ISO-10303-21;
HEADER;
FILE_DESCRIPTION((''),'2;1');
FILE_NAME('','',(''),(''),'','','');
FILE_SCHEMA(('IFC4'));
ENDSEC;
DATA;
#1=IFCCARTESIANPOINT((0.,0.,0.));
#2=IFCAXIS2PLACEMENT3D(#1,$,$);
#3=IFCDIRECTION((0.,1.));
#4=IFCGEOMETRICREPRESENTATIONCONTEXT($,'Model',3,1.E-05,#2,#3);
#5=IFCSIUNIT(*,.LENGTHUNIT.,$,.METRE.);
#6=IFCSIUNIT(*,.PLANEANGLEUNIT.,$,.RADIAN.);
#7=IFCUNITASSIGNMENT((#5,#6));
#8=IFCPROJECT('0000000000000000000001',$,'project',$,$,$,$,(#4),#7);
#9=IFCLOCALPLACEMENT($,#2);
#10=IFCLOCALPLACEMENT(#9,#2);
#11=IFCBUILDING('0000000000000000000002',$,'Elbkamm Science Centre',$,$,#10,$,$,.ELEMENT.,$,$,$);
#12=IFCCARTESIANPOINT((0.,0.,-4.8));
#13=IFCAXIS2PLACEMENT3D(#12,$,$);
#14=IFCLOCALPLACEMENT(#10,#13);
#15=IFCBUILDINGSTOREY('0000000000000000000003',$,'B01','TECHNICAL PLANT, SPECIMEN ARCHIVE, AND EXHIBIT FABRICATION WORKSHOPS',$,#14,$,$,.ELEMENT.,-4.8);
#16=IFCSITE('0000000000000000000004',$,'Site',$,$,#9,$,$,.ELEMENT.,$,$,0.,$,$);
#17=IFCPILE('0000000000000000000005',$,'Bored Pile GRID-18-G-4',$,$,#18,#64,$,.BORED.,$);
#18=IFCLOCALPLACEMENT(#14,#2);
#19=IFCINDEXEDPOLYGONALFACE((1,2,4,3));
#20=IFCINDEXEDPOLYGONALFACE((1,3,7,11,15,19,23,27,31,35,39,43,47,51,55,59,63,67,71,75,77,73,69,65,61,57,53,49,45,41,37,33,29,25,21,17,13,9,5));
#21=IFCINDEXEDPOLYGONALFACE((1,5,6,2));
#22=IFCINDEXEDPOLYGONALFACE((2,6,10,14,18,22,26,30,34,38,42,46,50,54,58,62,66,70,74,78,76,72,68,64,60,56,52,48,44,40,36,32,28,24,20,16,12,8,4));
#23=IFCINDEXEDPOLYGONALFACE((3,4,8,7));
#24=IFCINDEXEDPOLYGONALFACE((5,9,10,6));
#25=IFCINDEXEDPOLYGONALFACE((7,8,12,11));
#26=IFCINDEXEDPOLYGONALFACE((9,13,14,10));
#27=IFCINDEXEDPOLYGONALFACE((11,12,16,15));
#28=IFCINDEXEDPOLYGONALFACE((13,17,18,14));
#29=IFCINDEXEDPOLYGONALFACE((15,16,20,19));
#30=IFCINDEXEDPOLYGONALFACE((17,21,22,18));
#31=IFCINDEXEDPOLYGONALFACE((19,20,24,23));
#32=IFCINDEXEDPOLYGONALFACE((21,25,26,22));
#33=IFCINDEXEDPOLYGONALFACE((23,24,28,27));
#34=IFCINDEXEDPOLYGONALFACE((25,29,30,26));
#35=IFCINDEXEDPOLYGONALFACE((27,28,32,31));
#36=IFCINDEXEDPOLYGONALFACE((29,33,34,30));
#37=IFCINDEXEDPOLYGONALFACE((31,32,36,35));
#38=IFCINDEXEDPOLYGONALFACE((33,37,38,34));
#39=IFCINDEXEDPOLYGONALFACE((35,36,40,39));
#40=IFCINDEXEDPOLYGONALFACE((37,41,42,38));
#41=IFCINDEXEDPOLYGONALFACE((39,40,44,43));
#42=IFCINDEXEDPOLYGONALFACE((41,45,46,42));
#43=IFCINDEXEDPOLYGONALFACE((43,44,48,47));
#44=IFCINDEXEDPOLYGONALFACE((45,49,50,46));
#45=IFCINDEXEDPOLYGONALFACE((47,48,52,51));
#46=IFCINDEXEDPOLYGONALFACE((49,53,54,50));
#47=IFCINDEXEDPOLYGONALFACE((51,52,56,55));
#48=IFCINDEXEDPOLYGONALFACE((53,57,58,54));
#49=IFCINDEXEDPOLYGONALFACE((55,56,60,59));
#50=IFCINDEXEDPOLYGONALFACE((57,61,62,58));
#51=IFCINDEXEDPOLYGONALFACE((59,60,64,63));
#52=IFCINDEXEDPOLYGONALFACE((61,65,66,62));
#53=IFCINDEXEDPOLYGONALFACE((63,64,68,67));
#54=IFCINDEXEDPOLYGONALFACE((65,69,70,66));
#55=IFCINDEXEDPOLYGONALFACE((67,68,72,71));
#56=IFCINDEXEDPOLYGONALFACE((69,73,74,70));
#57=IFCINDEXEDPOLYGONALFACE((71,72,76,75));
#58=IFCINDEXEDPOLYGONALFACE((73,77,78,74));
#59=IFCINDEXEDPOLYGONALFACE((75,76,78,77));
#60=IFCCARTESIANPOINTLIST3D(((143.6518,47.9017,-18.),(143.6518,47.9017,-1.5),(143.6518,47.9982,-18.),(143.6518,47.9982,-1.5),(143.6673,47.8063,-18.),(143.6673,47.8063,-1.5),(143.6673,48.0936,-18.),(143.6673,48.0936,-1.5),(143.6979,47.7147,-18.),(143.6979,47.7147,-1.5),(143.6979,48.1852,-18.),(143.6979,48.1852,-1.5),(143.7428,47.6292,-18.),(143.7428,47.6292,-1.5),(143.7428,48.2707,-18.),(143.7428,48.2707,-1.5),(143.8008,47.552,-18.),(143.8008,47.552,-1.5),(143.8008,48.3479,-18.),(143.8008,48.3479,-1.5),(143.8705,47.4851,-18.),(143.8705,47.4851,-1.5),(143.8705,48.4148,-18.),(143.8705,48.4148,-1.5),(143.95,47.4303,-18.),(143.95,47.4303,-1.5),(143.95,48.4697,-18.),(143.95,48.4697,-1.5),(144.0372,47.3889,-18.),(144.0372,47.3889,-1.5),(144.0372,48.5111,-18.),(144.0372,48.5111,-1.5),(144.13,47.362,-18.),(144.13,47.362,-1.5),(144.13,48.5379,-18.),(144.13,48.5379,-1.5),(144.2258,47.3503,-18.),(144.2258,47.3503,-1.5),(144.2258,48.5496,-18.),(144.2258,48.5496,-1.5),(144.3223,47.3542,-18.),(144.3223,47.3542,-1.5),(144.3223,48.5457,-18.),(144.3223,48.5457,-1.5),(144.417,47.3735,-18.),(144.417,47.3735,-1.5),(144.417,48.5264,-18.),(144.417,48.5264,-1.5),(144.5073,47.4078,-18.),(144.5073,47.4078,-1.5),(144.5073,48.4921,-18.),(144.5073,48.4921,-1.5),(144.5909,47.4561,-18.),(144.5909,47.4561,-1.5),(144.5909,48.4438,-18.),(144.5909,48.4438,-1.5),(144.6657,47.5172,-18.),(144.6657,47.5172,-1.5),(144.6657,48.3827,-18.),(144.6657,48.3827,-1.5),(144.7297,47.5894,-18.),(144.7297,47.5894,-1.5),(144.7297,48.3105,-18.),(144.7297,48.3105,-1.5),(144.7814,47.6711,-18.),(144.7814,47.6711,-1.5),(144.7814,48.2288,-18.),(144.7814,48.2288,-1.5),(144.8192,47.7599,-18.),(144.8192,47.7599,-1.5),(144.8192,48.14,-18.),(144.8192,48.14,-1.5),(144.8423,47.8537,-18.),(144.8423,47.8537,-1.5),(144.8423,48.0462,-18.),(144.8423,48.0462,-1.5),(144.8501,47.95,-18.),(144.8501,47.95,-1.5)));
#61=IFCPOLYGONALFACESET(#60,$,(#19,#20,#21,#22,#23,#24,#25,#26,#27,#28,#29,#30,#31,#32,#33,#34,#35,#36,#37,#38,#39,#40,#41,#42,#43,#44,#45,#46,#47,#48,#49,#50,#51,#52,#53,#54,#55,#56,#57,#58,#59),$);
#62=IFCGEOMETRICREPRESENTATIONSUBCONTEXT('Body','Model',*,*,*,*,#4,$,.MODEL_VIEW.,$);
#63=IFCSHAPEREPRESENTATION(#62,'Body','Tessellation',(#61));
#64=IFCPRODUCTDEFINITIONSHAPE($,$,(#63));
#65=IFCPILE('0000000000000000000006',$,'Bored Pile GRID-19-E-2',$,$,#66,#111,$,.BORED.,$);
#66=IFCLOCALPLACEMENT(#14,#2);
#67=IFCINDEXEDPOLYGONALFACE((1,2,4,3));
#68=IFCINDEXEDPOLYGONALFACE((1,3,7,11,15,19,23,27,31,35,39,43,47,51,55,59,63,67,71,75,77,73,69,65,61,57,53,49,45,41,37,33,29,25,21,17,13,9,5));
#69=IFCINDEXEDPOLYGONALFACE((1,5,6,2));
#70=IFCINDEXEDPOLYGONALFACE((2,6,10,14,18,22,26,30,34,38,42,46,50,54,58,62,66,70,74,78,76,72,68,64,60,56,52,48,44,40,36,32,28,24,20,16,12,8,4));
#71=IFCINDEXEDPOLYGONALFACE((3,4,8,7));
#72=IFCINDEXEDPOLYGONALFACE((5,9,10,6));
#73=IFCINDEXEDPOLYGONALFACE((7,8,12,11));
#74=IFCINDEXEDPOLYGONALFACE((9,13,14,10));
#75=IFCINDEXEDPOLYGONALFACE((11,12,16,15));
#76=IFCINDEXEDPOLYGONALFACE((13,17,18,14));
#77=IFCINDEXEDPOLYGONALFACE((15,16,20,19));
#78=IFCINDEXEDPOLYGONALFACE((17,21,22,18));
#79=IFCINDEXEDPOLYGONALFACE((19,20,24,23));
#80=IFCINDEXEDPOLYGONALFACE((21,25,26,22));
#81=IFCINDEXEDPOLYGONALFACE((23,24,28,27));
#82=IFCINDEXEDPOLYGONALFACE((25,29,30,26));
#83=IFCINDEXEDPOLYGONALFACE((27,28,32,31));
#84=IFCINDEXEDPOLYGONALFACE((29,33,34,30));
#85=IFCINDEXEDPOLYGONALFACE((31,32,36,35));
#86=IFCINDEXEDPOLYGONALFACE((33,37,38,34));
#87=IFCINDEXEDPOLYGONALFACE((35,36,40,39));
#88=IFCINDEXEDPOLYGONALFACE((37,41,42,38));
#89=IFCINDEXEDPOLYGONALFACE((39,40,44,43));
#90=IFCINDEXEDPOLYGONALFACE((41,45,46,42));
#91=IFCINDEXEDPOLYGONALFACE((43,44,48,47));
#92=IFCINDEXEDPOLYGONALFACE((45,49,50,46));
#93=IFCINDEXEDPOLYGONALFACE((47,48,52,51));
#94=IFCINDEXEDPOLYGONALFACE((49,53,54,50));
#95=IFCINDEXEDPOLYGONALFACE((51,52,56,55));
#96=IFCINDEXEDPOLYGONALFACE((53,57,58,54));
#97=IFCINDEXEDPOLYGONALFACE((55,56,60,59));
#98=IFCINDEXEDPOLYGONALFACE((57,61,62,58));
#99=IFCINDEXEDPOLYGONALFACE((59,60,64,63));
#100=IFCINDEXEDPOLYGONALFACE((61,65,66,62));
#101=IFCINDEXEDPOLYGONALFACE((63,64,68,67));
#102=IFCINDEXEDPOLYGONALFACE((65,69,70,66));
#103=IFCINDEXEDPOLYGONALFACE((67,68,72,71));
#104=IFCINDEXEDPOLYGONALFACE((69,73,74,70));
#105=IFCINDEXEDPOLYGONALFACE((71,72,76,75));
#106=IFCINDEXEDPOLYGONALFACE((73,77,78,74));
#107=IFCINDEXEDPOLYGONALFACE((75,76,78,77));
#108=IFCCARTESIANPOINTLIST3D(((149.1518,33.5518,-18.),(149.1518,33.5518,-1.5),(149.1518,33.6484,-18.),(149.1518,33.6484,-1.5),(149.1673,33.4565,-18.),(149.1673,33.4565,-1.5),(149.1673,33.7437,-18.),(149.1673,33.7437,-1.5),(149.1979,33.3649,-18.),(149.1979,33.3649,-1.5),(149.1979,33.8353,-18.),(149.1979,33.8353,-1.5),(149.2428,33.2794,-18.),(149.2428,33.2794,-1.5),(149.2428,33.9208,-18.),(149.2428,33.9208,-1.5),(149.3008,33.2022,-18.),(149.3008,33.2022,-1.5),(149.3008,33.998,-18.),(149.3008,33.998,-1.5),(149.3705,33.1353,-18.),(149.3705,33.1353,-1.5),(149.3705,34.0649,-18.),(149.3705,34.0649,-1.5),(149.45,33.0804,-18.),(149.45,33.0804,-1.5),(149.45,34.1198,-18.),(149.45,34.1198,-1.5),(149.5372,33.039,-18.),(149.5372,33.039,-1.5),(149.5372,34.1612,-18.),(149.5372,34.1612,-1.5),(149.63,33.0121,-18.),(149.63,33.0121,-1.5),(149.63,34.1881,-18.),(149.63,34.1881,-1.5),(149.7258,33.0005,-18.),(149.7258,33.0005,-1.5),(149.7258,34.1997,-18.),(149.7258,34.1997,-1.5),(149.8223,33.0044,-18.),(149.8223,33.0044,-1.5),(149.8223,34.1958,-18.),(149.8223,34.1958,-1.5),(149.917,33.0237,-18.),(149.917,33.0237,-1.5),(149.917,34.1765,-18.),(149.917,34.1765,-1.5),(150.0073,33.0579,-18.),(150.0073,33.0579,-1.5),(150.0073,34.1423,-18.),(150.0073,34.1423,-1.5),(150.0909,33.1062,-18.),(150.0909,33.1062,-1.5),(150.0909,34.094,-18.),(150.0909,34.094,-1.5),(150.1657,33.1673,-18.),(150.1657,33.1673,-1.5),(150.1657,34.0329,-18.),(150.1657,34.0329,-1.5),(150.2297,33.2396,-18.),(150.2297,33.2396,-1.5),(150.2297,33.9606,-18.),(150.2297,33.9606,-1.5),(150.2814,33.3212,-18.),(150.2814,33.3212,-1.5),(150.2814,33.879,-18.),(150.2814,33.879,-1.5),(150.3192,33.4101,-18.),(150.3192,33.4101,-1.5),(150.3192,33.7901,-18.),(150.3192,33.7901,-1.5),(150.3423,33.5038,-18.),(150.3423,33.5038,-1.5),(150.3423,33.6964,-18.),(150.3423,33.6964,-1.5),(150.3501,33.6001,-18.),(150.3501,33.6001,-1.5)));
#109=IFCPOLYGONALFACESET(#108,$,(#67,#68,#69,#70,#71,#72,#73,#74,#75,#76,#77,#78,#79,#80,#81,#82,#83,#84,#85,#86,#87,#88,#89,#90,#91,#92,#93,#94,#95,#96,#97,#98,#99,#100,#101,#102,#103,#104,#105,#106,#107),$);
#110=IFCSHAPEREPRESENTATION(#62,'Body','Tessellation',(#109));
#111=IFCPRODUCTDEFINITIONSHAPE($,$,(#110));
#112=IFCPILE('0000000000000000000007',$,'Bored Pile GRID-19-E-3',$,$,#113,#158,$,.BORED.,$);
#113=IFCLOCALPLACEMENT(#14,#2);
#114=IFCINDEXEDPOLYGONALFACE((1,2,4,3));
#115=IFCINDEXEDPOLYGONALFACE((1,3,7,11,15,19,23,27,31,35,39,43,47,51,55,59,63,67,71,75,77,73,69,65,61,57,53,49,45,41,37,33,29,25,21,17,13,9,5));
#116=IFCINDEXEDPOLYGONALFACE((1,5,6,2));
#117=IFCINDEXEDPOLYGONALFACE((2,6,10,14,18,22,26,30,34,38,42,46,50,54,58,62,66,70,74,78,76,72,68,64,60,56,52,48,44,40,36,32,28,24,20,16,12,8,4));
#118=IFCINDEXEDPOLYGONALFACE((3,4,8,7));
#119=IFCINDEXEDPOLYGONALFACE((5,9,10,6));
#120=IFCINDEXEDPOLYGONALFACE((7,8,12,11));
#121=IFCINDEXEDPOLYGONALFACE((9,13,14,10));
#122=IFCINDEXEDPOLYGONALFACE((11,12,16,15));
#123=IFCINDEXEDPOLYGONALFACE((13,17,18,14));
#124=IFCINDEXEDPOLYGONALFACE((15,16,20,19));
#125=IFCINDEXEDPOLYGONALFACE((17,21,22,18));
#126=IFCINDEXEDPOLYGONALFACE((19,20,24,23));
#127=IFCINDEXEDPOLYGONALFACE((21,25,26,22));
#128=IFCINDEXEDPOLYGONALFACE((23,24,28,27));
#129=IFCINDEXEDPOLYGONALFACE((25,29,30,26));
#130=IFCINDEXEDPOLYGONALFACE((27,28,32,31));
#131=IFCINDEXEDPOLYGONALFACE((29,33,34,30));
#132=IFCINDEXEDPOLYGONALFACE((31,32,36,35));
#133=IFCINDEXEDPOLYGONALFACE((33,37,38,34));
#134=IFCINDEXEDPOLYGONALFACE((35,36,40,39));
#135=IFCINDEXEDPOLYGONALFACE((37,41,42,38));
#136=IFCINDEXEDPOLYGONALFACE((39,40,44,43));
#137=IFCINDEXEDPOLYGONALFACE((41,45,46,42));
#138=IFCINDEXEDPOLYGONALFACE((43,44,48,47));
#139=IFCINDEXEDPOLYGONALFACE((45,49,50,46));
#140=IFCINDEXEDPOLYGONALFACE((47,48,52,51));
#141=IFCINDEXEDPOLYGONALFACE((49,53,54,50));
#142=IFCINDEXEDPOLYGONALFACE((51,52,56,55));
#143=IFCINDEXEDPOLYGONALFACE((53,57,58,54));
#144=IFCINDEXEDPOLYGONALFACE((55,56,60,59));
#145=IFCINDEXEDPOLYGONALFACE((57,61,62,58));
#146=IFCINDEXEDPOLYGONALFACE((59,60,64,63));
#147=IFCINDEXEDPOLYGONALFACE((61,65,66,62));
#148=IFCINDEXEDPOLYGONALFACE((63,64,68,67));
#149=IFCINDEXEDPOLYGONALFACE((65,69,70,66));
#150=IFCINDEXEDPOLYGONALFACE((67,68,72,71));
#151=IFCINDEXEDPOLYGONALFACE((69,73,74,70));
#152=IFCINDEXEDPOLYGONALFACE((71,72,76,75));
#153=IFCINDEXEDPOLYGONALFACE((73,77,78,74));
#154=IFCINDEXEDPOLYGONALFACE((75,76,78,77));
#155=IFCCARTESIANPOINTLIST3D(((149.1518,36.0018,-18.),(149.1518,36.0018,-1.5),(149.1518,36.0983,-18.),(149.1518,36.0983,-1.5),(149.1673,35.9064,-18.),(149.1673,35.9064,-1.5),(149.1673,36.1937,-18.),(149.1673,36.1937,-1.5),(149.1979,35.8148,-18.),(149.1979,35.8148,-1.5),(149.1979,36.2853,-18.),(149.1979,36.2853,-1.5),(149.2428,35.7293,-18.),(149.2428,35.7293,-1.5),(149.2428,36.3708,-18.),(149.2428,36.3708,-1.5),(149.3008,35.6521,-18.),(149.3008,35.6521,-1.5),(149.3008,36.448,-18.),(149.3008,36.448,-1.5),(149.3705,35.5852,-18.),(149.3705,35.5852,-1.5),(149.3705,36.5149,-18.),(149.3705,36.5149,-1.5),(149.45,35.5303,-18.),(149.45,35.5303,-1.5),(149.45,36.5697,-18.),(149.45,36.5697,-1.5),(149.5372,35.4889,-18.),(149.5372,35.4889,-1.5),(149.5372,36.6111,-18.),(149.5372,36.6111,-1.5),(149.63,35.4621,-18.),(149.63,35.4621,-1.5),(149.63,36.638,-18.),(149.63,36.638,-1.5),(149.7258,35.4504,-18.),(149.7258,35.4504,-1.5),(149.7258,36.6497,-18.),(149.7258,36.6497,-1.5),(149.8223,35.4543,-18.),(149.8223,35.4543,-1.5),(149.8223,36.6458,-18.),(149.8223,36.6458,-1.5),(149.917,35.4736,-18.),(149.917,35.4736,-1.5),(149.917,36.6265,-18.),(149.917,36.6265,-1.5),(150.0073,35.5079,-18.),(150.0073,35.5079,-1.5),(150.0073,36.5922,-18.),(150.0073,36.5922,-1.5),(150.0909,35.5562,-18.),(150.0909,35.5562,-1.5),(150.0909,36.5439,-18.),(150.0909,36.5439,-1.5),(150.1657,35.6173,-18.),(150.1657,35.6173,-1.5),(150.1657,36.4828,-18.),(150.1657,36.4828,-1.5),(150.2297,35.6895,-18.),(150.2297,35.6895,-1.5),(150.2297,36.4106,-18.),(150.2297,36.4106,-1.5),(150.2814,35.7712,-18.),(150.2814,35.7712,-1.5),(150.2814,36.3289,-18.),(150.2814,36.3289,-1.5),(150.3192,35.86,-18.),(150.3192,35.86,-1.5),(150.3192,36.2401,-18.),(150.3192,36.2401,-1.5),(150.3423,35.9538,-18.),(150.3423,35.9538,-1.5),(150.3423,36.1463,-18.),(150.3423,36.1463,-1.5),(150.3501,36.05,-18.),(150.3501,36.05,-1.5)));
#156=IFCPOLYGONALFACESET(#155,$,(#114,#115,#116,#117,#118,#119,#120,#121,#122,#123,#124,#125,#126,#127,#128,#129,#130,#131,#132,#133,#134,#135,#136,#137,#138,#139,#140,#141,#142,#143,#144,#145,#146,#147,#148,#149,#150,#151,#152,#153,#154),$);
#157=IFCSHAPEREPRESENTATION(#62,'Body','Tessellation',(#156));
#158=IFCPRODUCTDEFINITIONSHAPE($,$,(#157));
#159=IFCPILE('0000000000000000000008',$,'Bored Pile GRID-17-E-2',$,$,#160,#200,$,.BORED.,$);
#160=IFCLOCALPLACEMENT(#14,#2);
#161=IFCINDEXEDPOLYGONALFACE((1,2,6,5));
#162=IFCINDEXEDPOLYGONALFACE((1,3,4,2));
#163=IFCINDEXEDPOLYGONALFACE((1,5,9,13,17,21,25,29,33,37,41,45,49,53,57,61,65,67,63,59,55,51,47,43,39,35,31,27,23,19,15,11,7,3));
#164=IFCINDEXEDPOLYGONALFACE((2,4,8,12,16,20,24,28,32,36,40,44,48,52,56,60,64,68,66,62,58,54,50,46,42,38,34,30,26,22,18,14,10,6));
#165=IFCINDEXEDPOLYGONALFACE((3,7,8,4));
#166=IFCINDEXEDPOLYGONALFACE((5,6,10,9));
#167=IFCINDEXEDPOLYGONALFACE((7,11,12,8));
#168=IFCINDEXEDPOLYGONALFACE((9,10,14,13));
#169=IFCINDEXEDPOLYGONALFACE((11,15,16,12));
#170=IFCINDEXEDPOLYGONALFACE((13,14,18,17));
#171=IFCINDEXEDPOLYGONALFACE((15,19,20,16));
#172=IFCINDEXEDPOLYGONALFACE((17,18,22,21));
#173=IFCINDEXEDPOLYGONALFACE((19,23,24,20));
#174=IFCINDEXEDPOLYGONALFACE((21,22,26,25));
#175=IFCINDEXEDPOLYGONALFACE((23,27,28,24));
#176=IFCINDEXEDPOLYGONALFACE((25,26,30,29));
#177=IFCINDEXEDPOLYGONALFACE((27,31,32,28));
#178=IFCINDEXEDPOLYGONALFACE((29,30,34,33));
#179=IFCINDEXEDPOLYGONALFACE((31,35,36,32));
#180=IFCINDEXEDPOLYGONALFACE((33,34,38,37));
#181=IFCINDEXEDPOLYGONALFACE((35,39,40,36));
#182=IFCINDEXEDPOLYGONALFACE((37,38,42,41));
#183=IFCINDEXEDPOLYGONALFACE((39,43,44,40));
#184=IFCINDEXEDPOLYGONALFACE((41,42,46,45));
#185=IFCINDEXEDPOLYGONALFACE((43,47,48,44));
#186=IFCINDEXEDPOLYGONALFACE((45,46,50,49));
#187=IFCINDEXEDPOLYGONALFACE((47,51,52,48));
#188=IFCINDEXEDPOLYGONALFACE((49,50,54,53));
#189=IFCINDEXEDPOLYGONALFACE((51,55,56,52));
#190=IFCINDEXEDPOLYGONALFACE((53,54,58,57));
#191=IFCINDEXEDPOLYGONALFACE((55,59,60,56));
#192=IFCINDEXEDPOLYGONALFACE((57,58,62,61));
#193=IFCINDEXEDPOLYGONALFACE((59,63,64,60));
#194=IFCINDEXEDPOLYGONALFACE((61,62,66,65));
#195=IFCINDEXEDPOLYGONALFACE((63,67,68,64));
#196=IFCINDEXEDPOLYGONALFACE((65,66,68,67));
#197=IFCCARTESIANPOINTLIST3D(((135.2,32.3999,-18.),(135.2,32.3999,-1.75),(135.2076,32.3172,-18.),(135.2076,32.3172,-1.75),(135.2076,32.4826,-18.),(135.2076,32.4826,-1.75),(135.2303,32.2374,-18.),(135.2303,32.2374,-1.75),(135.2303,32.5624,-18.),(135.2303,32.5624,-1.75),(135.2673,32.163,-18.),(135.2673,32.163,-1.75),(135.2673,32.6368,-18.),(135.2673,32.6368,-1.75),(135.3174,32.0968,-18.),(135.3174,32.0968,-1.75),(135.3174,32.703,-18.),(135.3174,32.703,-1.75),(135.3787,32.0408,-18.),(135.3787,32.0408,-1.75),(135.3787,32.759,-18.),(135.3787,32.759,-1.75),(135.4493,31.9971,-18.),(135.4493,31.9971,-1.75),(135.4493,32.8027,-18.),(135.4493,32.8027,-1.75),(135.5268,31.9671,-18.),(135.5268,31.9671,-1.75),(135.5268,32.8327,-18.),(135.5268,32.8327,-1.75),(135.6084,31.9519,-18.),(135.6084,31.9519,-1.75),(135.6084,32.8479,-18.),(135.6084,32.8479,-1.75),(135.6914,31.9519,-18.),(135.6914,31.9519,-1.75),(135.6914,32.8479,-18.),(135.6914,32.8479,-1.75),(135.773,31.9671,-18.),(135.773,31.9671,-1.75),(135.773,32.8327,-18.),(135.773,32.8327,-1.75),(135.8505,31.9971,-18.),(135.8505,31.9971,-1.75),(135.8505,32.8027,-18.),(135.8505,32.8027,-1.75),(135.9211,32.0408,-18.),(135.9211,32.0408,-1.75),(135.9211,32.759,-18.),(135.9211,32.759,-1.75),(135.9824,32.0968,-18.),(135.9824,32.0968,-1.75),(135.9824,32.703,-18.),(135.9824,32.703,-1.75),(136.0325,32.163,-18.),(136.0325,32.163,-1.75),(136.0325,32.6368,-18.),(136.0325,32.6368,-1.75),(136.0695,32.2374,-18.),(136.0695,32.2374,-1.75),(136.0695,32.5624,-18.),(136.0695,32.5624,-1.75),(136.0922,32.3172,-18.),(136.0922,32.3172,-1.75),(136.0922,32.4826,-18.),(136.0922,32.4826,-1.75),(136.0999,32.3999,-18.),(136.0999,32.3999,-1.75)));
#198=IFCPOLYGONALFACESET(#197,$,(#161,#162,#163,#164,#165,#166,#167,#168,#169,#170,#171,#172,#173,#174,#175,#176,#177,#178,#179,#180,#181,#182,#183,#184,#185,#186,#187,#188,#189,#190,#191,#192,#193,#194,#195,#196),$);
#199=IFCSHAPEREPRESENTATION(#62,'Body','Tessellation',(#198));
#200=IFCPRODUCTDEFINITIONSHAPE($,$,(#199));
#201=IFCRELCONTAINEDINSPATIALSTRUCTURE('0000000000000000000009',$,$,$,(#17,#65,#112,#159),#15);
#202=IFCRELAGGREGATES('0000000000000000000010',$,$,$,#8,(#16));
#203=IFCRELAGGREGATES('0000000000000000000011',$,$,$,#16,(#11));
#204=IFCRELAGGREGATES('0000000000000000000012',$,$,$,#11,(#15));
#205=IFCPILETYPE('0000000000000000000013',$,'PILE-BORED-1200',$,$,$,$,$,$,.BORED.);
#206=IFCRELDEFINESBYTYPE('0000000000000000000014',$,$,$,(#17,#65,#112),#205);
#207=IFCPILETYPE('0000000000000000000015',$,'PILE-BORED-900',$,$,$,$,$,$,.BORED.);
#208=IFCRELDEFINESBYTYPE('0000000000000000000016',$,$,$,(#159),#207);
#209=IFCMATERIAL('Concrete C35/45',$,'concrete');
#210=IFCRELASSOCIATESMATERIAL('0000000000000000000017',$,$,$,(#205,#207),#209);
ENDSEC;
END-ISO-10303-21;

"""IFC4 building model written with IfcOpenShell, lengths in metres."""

from ifc_helpers import new_model, si_unit, direction, frame, origin, origin_2d, place, context, subcontext, project, spatial, circle, extrude, material, material_profile, profile_set, type_object, element, save


model = new_model("IFC4")

# Units and contexts
model_context = context("Model", 3, precision=1e-05, world=origin(), true_north=direction((0.0, 1.0)))
body_context = subcontext(model_context, "Body", "Model", "MODEL_VIEW")
ifc_project = project(units=[si_unit("LENGTHUNIT", "METRE"), si_unit("PLANEANGLEUNIT", "RADIAN")], contexts=[model_context])

# Site, building, storey
site_placement = place(None, origin())
site = spatial("IfcSite", under=ifc_project, at=site_placement, Name="Site", CompositionType="ELEMENT", RefElevation=0.0)
building_placement = place(site_placement, origin())
building = spatial("IfcBuilding", under=site, at=building_placement, Name="Elbkamm Science Centre", CompositionType="ELEMENT")
storey_placement = place(building_placement, frame((0.0, 0.0, -4.8)))
storey = spatial("IfcBuildingStorey", under=building, at=storey_placement, Name="B01", Description="TECHNICAL PLANT, SPECIMEN ARCHIVE, AND EXHIBIT FABRICATION WORKSHOPS", CompositionType="ELEMENT", Elevation=-4.8)

# Shared definitions
ifc_material_1 = material(Name="Concrete C35/45", Category="concrete")

# Piles
ifc_material_profile_1 = material_profile(ifc_material_1, circle(Radius=0.6001, at=origin_2d()), Name="PILE D1200")
ifc_profile_set_1 = profile_set([ifc_material_profile_1], Name="Concrete C35/45")
pile_type_1 = type_object("IfcPileType", Name="PILE-BORED-1200", PredefinedType="BORED", material=ifc_profile_set_1)
for number, where, z_axis, x_axis, name in (
    (1, (144.25, 47.95, -1.5), (0.0, 0.0, -1.0), (1.0, 0.0, 0.0), "Bored Pile GRID-18-G-4"),
    (2, (149.75, 33.6001, -1.5), (0.0, 0.0, -1.0), (1.0, 0.0, 0.0), "Bored Pile GRID-19-E-2"),
    (3, (149.75, 36.05, -1.5), (0.0, 0.0, -1.0), (1.0, 0.0, 0.0), "Bored Pile GRID-19-E-3"),
):
    element("IfcPile", number, at=place(storey_placement, frame(where, z_axis=z_axis, x_axis=x_axis)), inside=storey, type_object=pile_type_1, Name=name, PredefinedType="BORED", context=body_context, shape_type="SweptSolid", body=[
        extrude(circle(Radius=0.6001, at=origin_2d()), origin(), (0.0, 0.0, 1.0), 16.5),
    ])
ifc_material_profile_2 = material_profile(ifc_material_1, circle(Radius=0.45, at=origin_2d()), Name="PILE D900")
ifc_profile_set_2 = profile_set([ifc_material_profile_2], Name="Concrete C35/45")
pile_type_2 = type_object("IfcPileType", Name="PILE-BORED-900", PredefinedType="BORED", material=ifc_profile_set_2)
for number, where, z_axis, x_axis, name in (
    (4, (135.6499, 32.3999, -1.75), (0.0, 0.0, -1.0), (1.0, 0.0, 0.0), "Bored Pile GRID-17-E-2"),
):
    element("IfcPile", number, at=place(storey_placement, frame(where, z_axis=z_axis, x_axis=x_axis)), inside=storey, type_object=pile_type_2, Name=name, PredefinedType="BORED", context=body_context, shape_type="SweptSolid", body=[
        extrude(circle(Radius=0.45, at=origin_2d()), origin(), (0.0, 0.0, 1.0), 16.25),
    ])

save(model, "model.ifc")
